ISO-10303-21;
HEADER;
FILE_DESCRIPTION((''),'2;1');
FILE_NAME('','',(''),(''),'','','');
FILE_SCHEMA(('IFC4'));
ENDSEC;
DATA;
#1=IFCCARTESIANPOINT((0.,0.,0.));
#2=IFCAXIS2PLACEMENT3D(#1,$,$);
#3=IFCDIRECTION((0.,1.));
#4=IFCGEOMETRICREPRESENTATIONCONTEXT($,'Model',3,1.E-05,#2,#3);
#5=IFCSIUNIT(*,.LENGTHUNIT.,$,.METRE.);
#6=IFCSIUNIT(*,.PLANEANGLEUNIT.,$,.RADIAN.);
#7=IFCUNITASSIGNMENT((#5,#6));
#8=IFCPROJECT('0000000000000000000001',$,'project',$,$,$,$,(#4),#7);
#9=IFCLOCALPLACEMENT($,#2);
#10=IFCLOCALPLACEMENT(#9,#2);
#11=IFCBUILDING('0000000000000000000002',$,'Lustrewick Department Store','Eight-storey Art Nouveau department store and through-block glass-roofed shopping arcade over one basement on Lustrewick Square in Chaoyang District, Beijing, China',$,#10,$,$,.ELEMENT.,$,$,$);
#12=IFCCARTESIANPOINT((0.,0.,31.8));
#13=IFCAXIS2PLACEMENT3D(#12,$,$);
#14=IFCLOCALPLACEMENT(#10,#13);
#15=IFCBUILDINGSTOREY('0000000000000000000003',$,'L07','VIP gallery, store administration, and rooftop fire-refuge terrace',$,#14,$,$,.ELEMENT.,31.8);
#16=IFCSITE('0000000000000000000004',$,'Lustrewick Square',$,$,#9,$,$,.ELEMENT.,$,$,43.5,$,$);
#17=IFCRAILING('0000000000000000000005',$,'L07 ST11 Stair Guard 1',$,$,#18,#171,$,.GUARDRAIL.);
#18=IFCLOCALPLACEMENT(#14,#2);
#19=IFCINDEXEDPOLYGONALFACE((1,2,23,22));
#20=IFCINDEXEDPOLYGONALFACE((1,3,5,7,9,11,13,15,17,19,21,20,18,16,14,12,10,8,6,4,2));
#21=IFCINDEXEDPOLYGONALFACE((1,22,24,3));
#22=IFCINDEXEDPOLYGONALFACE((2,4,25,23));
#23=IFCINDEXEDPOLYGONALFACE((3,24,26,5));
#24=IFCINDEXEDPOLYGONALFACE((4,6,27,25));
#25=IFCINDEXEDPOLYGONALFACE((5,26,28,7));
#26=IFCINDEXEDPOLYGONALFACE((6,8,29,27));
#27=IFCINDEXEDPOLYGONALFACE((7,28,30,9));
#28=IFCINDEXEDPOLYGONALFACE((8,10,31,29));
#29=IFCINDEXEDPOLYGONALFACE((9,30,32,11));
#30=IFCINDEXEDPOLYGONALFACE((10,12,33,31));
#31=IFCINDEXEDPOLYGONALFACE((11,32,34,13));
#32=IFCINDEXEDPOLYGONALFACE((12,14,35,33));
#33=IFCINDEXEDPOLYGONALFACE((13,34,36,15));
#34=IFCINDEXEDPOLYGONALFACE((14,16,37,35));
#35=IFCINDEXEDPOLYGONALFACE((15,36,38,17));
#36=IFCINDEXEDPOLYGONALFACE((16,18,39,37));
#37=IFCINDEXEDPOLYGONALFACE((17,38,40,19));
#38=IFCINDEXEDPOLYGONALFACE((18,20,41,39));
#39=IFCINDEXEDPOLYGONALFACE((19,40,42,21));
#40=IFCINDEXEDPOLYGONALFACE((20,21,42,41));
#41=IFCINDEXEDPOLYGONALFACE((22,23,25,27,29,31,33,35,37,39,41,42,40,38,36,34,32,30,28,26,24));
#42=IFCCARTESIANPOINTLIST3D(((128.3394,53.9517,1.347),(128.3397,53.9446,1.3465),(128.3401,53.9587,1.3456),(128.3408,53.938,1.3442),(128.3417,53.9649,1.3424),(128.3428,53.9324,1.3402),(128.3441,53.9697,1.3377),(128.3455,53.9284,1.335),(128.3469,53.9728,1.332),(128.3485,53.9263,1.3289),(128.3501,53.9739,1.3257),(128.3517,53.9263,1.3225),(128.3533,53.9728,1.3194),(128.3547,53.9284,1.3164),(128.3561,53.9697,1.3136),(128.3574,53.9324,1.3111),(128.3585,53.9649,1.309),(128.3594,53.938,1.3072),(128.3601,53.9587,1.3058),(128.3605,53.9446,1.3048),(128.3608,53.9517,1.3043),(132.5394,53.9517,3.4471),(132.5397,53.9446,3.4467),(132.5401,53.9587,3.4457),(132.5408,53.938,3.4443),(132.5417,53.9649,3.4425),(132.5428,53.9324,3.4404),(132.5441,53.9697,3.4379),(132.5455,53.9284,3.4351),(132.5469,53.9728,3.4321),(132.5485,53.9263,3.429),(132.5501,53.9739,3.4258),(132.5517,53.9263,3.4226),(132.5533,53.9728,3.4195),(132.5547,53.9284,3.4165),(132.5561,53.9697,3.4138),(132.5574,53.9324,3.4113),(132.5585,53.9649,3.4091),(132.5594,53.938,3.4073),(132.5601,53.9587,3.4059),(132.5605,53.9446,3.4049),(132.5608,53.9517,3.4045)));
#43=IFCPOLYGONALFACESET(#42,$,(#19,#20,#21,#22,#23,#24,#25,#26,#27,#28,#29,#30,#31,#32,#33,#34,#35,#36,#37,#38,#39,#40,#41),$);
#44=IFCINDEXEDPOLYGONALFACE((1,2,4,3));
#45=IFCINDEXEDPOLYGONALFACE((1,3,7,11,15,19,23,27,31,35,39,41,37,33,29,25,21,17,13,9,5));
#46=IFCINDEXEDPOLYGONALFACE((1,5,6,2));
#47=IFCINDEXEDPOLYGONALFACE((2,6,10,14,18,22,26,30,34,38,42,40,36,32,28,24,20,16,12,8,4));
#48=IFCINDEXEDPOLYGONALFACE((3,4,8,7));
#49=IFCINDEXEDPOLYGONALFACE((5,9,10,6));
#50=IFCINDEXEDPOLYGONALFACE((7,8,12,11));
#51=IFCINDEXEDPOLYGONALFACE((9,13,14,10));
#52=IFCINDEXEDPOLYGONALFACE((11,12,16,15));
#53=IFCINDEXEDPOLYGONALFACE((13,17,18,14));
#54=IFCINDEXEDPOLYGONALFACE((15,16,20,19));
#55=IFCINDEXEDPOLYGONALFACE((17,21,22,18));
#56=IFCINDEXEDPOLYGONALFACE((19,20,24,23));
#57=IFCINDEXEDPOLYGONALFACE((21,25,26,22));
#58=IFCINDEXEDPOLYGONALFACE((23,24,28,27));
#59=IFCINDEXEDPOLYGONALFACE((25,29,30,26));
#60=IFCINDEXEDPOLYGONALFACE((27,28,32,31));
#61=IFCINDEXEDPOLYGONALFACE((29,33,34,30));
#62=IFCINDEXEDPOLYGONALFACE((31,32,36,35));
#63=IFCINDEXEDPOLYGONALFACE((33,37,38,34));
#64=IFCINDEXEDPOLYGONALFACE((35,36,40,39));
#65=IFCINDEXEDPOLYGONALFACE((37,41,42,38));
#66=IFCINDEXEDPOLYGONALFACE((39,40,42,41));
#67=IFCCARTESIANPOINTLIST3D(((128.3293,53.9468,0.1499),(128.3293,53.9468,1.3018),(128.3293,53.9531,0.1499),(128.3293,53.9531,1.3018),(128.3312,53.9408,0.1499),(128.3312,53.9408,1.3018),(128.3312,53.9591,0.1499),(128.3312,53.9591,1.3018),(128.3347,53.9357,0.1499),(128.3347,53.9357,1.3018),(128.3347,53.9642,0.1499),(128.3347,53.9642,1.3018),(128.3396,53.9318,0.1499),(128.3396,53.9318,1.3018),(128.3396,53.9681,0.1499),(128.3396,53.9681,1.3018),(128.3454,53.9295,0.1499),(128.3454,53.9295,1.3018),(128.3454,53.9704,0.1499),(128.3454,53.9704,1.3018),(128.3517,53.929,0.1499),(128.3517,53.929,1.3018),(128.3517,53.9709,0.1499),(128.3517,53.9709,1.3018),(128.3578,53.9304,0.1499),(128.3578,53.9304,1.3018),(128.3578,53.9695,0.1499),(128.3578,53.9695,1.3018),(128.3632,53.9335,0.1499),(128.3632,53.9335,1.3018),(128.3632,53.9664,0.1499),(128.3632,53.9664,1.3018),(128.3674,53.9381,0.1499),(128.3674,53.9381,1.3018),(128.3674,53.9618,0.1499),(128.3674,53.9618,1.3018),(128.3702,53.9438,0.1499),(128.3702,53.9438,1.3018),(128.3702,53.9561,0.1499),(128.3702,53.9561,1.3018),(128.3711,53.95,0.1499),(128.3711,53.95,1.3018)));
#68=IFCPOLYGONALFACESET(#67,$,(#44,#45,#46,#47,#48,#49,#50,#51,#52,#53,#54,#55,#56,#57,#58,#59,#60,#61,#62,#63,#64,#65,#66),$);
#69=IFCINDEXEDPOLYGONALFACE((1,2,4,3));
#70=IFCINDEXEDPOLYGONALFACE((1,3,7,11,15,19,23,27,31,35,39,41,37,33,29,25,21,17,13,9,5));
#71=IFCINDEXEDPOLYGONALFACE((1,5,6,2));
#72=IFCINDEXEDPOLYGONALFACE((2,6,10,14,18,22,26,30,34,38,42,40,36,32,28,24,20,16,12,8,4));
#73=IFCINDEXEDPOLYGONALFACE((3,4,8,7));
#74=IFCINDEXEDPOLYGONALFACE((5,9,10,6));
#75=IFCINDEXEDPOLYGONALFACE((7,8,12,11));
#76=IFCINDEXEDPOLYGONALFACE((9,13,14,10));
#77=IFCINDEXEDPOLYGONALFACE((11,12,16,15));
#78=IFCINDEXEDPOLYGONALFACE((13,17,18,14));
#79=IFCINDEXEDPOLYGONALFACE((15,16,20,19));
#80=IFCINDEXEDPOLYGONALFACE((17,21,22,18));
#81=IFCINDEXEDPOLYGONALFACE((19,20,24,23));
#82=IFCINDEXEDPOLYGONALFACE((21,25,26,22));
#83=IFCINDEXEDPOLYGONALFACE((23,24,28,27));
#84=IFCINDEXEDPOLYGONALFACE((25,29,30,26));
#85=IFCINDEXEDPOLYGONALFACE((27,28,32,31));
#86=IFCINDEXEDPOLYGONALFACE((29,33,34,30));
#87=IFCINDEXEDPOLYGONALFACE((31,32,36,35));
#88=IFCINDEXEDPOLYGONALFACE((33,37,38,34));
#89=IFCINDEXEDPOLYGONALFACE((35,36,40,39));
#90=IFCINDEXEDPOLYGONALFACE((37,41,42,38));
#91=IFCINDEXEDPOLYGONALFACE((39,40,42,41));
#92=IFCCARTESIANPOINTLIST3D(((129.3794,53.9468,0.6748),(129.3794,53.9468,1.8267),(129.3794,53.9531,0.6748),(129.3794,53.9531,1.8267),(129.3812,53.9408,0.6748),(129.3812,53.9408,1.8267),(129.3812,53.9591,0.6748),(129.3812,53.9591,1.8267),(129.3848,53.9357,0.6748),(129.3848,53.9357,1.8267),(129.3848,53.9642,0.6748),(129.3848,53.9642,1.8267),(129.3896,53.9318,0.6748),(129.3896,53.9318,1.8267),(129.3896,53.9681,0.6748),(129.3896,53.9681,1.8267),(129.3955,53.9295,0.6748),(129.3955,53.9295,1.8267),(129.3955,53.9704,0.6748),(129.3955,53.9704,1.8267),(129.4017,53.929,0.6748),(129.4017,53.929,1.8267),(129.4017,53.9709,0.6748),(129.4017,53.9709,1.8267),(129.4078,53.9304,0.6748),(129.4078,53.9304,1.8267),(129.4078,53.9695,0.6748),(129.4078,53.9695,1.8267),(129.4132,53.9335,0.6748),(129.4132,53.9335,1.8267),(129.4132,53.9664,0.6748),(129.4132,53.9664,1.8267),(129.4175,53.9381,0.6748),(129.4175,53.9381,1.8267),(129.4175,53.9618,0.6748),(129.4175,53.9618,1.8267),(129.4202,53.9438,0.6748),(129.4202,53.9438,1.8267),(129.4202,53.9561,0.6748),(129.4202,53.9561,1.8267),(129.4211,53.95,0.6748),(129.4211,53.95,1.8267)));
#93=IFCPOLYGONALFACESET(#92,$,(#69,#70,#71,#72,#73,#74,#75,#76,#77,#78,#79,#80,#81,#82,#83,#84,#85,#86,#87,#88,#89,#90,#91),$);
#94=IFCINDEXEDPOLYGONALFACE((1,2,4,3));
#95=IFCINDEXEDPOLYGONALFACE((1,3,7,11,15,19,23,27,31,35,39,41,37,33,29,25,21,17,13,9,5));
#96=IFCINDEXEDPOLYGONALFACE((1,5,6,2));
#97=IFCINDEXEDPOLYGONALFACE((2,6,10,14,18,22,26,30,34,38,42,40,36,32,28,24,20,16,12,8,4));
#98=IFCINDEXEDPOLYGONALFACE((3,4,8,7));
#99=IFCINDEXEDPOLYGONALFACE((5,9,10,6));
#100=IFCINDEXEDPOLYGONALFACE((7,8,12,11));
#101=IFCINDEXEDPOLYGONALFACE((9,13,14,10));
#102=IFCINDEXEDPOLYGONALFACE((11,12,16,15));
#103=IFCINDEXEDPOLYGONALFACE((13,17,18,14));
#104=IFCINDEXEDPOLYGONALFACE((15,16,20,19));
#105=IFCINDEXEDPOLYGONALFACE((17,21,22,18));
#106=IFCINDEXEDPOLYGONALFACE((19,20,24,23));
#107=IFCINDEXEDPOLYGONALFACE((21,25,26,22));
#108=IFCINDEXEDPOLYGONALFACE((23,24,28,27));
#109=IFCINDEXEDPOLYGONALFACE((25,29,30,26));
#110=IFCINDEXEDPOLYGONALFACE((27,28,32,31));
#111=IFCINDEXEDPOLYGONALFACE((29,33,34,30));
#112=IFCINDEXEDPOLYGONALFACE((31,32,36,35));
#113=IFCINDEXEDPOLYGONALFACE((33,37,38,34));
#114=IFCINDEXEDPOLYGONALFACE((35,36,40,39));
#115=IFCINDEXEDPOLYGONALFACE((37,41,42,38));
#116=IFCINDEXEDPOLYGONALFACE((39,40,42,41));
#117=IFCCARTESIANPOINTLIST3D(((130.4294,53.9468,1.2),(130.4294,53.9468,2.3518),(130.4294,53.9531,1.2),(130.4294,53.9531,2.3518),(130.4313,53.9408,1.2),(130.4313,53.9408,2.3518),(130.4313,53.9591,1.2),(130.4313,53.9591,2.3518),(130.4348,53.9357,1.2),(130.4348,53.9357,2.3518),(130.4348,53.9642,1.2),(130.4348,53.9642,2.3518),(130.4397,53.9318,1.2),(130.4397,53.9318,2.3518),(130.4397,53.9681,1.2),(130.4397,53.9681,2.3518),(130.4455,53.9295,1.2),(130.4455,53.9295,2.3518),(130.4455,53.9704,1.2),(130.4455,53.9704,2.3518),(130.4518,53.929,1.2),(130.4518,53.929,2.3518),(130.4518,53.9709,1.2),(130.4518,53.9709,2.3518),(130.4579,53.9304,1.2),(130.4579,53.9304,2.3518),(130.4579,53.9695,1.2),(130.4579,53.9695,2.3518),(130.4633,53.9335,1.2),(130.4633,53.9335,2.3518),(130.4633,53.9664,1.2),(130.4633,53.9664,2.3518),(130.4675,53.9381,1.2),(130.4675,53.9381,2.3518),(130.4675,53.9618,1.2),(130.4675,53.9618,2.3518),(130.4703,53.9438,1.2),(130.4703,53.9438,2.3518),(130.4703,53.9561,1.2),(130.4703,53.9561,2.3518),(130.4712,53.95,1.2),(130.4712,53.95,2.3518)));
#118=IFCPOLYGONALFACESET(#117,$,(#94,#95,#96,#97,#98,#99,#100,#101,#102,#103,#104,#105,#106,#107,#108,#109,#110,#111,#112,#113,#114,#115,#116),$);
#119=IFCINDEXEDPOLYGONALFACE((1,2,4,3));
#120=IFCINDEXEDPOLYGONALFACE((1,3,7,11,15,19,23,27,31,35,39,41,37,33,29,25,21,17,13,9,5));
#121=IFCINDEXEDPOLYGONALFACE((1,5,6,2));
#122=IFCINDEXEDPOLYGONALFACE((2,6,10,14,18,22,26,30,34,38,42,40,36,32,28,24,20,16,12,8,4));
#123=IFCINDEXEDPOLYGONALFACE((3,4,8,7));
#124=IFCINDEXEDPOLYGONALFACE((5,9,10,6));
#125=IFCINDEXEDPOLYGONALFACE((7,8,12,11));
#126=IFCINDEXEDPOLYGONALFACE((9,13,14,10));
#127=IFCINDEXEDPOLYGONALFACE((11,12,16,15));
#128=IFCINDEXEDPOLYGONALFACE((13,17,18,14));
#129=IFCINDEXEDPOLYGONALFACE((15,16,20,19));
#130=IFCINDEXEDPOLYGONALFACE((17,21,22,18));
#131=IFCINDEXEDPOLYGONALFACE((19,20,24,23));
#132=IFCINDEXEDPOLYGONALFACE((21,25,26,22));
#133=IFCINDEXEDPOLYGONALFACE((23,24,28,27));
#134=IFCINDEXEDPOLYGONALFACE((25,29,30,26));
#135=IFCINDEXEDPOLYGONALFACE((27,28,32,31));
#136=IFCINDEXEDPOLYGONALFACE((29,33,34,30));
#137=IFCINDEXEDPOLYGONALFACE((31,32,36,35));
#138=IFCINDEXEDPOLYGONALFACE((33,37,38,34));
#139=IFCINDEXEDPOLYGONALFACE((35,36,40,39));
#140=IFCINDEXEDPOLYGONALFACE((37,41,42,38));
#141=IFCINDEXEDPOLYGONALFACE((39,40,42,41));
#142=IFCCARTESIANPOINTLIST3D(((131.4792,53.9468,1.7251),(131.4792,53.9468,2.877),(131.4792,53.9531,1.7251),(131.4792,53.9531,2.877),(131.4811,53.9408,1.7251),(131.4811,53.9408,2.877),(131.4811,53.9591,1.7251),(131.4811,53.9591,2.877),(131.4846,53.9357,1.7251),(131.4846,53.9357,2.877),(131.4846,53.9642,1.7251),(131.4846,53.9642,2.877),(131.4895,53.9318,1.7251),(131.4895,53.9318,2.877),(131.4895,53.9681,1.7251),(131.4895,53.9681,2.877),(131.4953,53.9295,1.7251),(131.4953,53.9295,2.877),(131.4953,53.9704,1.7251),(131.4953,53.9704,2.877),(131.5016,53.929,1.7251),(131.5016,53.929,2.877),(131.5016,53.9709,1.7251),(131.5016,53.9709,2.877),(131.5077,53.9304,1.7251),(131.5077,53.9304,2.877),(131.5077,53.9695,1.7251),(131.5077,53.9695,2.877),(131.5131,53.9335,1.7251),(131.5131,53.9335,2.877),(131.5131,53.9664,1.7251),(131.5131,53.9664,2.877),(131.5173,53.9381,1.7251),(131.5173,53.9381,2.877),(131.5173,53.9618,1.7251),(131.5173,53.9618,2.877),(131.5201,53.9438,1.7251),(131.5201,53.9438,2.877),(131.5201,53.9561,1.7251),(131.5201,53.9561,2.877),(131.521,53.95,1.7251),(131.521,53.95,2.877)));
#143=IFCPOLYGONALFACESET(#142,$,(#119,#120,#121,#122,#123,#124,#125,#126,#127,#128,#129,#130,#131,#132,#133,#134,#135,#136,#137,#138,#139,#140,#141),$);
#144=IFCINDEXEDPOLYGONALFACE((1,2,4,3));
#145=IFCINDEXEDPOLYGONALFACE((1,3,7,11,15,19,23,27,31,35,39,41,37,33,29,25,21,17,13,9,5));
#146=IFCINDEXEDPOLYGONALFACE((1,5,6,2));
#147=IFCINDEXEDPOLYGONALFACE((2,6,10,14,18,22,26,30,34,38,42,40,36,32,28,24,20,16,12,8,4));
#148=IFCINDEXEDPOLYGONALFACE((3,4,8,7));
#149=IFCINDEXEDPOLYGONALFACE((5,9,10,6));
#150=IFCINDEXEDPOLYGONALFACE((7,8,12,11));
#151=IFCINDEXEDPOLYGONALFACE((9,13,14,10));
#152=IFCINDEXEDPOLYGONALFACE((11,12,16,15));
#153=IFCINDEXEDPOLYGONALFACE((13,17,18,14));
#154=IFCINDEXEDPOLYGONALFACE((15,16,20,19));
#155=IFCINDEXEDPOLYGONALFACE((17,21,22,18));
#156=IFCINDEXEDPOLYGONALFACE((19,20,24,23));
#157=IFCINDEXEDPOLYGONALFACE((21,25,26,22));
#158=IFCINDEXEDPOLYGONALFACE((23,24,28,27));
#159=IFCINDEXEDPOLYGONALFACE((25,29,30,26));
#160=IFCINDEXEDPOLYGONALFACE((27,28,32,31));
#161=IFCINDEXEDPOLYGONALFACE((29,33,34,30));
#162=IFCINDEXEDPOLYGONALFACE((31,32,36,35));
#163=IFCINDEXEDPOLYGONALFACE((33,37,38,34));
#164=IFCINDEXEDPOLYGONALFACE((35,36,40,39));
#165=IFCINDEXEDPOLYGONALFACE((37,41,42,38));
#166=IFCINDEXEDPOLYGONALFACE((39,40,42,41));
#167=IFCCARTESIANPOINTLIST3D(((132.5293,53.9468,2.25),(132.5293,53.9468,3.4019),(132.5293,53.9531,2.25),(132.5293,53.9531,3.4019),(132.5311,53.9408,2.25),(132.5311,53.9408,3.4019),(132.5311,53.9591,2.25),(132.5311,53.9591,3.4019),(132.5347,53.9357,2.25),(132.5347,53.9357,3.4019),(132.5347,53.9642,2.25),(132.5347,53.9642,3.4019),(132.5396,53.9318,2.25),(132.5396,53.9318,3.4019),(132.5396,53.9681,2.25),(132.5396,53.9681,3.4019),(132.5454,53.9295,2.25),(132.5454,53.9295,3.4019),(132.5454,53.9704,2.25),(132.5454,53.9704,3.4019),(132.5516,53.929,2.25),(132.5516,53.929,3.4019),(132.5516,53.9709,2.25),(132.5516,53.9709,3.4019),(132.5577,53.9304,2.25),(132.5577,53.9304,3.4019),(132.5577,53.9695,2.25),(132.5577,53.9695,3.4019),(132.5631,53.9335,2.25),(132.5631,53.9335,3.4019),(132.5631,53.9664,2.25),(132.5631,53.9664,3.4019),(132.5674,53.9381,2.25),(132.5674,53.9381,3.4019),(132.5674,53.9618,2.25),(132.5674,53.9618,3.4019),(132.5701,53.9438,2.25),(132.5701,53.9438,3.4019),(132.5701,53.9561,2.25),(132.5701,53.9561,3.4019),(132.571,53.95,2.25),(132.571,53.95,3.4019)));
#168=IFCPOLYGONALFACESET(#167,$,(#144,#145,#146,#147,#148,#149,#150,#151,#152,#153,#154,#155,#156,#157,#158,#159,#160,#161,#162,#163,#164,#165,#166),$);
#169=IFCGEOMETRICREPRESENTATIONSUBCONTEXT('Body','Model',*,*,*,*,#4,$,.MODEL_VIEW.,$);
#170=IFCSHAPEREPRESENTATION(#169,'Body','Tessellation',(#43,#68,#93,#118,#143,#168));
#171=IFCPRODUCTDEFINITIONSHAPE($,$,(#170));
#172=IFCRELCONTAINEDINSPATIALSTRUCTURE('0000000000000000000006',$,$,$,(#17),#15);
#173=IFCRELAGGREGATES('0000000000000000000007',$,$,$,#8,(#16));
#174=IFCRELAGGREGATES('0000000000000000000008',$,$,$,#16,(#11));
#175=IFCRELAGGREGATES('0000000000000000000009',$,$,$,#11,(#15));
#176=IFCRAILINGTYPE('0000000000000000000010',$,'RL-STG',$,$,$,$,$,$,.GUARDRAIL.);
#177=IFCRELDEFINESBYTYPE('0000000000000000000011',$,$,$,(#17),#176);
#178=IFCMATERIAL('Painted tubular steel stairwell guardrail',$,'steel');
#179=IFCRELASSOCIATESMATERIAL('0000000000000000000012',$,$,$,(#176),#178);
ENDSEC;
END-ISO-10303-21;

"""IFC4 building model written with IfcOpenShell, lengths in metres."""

from ifc_helpers import new_model, si_unit, direction, frame, origin, origin_2d, place, context, subcontext, project, spatial, circle, extrude, material, type_object, element, save


model = new_model("IFC4")

# Units and contexts
model_context = context("Model", 3, precision=1e-05, world=origin(), true_north=direction((0.0, 1.0)))
body_context = subcontext(model_context, "Body", "Model", "MODEL_VIEW")
ifc_project = project(units=[si_unit("LENGTHUNIT", "METRE"), si_unit("PLANEANGLEUNIT", "RADIAN")], contexts=[model_context])

# Site, building, storey
site_placement = place(None, origin())
site = spatial("IfcSite", under=ifc_project, at=site_placement, Name="Lustrewick Square", CompositionType="ELEMENT", RefElevation=43.5)
building_placement = place(site_placement, origin())
building = spatial("IfcBuilding", under=site, at=building_placement, Name="Lustrewick Department Store", Description="Eight-storey Art Nouveau department store and through-block glass-roofed shopping arcade over one basement on Lustrewick Square in Chaoyang District, Beijing, China", CompositionType="ELEMENT")
storey_placement = place(building_placement, frame((0.0, 0.0, 31.8)))
storey = spatial("IfcBuildingStorey", under=building, at=storey_placement, Name="L07", Description="VIP gallery, store administration, and rooftop fire-refuge terrace", CompositionType="ELEMENT", Elevation=31.8)

# Railing
ifc_material_1 = material(Name="Painted tubular steel stairwell guardrail", Category="steel")
railing_type_1 = type_object("IfcRailingType", Name="RL-STG", PredefinedType="GUARDRAIL", material=ifc_material_1)
railing_1_placement = place(storey_placement, frame((128.3501, 53.95, 0.1499)))
element("IfcRailing", 1, at=railing_1_placement, inside=storey, type_object=railing_type_1, Name="L07 ST11 Stair Guard 1", PredefinedType="GUARDRAIL", context=body_context, shape_type="SweptSolid", body=[
    extrude(circle(Radius=0.0239, at=origin_2d()), frame((0.0, 0.0, 1.1758), z_axis=(0.894417, 0.0, 0.447234), x_axis=(0.0, 1.0, 0.0)), (0.0, 0.0, 1.0), 4.6958),
    extrude(circle(Radius=0.021, at=origin_2d()), origin(), (0.0, 0.0, 1.0), 1.1519),
    extrude(circle(Radius=0.021, at=origin_2d()), frame((1.05, 0.0, 0.5249)), (0.0, 0.0, 1.0), 1.1519),
    extrude(circle(Radius=0.021, at=origin_2d()), frame((2.1001, 0.0, 1.05)), (0.0, 0.0, 1.0), 1.1519),
    extrude(circle(Radius=0.021, at=origin_2d()), frame((3.1499, 0.0, 1.5752)), (0.0, 0.0, 1.0), 1.1519),
    extrude(circle(Radius=0.021, at=origin_2d()), frame((4.2, 0.0, 2.1001)), (0.0, 0.0, 1.0), 1.1519),
])

save(model, "model.ifc")
